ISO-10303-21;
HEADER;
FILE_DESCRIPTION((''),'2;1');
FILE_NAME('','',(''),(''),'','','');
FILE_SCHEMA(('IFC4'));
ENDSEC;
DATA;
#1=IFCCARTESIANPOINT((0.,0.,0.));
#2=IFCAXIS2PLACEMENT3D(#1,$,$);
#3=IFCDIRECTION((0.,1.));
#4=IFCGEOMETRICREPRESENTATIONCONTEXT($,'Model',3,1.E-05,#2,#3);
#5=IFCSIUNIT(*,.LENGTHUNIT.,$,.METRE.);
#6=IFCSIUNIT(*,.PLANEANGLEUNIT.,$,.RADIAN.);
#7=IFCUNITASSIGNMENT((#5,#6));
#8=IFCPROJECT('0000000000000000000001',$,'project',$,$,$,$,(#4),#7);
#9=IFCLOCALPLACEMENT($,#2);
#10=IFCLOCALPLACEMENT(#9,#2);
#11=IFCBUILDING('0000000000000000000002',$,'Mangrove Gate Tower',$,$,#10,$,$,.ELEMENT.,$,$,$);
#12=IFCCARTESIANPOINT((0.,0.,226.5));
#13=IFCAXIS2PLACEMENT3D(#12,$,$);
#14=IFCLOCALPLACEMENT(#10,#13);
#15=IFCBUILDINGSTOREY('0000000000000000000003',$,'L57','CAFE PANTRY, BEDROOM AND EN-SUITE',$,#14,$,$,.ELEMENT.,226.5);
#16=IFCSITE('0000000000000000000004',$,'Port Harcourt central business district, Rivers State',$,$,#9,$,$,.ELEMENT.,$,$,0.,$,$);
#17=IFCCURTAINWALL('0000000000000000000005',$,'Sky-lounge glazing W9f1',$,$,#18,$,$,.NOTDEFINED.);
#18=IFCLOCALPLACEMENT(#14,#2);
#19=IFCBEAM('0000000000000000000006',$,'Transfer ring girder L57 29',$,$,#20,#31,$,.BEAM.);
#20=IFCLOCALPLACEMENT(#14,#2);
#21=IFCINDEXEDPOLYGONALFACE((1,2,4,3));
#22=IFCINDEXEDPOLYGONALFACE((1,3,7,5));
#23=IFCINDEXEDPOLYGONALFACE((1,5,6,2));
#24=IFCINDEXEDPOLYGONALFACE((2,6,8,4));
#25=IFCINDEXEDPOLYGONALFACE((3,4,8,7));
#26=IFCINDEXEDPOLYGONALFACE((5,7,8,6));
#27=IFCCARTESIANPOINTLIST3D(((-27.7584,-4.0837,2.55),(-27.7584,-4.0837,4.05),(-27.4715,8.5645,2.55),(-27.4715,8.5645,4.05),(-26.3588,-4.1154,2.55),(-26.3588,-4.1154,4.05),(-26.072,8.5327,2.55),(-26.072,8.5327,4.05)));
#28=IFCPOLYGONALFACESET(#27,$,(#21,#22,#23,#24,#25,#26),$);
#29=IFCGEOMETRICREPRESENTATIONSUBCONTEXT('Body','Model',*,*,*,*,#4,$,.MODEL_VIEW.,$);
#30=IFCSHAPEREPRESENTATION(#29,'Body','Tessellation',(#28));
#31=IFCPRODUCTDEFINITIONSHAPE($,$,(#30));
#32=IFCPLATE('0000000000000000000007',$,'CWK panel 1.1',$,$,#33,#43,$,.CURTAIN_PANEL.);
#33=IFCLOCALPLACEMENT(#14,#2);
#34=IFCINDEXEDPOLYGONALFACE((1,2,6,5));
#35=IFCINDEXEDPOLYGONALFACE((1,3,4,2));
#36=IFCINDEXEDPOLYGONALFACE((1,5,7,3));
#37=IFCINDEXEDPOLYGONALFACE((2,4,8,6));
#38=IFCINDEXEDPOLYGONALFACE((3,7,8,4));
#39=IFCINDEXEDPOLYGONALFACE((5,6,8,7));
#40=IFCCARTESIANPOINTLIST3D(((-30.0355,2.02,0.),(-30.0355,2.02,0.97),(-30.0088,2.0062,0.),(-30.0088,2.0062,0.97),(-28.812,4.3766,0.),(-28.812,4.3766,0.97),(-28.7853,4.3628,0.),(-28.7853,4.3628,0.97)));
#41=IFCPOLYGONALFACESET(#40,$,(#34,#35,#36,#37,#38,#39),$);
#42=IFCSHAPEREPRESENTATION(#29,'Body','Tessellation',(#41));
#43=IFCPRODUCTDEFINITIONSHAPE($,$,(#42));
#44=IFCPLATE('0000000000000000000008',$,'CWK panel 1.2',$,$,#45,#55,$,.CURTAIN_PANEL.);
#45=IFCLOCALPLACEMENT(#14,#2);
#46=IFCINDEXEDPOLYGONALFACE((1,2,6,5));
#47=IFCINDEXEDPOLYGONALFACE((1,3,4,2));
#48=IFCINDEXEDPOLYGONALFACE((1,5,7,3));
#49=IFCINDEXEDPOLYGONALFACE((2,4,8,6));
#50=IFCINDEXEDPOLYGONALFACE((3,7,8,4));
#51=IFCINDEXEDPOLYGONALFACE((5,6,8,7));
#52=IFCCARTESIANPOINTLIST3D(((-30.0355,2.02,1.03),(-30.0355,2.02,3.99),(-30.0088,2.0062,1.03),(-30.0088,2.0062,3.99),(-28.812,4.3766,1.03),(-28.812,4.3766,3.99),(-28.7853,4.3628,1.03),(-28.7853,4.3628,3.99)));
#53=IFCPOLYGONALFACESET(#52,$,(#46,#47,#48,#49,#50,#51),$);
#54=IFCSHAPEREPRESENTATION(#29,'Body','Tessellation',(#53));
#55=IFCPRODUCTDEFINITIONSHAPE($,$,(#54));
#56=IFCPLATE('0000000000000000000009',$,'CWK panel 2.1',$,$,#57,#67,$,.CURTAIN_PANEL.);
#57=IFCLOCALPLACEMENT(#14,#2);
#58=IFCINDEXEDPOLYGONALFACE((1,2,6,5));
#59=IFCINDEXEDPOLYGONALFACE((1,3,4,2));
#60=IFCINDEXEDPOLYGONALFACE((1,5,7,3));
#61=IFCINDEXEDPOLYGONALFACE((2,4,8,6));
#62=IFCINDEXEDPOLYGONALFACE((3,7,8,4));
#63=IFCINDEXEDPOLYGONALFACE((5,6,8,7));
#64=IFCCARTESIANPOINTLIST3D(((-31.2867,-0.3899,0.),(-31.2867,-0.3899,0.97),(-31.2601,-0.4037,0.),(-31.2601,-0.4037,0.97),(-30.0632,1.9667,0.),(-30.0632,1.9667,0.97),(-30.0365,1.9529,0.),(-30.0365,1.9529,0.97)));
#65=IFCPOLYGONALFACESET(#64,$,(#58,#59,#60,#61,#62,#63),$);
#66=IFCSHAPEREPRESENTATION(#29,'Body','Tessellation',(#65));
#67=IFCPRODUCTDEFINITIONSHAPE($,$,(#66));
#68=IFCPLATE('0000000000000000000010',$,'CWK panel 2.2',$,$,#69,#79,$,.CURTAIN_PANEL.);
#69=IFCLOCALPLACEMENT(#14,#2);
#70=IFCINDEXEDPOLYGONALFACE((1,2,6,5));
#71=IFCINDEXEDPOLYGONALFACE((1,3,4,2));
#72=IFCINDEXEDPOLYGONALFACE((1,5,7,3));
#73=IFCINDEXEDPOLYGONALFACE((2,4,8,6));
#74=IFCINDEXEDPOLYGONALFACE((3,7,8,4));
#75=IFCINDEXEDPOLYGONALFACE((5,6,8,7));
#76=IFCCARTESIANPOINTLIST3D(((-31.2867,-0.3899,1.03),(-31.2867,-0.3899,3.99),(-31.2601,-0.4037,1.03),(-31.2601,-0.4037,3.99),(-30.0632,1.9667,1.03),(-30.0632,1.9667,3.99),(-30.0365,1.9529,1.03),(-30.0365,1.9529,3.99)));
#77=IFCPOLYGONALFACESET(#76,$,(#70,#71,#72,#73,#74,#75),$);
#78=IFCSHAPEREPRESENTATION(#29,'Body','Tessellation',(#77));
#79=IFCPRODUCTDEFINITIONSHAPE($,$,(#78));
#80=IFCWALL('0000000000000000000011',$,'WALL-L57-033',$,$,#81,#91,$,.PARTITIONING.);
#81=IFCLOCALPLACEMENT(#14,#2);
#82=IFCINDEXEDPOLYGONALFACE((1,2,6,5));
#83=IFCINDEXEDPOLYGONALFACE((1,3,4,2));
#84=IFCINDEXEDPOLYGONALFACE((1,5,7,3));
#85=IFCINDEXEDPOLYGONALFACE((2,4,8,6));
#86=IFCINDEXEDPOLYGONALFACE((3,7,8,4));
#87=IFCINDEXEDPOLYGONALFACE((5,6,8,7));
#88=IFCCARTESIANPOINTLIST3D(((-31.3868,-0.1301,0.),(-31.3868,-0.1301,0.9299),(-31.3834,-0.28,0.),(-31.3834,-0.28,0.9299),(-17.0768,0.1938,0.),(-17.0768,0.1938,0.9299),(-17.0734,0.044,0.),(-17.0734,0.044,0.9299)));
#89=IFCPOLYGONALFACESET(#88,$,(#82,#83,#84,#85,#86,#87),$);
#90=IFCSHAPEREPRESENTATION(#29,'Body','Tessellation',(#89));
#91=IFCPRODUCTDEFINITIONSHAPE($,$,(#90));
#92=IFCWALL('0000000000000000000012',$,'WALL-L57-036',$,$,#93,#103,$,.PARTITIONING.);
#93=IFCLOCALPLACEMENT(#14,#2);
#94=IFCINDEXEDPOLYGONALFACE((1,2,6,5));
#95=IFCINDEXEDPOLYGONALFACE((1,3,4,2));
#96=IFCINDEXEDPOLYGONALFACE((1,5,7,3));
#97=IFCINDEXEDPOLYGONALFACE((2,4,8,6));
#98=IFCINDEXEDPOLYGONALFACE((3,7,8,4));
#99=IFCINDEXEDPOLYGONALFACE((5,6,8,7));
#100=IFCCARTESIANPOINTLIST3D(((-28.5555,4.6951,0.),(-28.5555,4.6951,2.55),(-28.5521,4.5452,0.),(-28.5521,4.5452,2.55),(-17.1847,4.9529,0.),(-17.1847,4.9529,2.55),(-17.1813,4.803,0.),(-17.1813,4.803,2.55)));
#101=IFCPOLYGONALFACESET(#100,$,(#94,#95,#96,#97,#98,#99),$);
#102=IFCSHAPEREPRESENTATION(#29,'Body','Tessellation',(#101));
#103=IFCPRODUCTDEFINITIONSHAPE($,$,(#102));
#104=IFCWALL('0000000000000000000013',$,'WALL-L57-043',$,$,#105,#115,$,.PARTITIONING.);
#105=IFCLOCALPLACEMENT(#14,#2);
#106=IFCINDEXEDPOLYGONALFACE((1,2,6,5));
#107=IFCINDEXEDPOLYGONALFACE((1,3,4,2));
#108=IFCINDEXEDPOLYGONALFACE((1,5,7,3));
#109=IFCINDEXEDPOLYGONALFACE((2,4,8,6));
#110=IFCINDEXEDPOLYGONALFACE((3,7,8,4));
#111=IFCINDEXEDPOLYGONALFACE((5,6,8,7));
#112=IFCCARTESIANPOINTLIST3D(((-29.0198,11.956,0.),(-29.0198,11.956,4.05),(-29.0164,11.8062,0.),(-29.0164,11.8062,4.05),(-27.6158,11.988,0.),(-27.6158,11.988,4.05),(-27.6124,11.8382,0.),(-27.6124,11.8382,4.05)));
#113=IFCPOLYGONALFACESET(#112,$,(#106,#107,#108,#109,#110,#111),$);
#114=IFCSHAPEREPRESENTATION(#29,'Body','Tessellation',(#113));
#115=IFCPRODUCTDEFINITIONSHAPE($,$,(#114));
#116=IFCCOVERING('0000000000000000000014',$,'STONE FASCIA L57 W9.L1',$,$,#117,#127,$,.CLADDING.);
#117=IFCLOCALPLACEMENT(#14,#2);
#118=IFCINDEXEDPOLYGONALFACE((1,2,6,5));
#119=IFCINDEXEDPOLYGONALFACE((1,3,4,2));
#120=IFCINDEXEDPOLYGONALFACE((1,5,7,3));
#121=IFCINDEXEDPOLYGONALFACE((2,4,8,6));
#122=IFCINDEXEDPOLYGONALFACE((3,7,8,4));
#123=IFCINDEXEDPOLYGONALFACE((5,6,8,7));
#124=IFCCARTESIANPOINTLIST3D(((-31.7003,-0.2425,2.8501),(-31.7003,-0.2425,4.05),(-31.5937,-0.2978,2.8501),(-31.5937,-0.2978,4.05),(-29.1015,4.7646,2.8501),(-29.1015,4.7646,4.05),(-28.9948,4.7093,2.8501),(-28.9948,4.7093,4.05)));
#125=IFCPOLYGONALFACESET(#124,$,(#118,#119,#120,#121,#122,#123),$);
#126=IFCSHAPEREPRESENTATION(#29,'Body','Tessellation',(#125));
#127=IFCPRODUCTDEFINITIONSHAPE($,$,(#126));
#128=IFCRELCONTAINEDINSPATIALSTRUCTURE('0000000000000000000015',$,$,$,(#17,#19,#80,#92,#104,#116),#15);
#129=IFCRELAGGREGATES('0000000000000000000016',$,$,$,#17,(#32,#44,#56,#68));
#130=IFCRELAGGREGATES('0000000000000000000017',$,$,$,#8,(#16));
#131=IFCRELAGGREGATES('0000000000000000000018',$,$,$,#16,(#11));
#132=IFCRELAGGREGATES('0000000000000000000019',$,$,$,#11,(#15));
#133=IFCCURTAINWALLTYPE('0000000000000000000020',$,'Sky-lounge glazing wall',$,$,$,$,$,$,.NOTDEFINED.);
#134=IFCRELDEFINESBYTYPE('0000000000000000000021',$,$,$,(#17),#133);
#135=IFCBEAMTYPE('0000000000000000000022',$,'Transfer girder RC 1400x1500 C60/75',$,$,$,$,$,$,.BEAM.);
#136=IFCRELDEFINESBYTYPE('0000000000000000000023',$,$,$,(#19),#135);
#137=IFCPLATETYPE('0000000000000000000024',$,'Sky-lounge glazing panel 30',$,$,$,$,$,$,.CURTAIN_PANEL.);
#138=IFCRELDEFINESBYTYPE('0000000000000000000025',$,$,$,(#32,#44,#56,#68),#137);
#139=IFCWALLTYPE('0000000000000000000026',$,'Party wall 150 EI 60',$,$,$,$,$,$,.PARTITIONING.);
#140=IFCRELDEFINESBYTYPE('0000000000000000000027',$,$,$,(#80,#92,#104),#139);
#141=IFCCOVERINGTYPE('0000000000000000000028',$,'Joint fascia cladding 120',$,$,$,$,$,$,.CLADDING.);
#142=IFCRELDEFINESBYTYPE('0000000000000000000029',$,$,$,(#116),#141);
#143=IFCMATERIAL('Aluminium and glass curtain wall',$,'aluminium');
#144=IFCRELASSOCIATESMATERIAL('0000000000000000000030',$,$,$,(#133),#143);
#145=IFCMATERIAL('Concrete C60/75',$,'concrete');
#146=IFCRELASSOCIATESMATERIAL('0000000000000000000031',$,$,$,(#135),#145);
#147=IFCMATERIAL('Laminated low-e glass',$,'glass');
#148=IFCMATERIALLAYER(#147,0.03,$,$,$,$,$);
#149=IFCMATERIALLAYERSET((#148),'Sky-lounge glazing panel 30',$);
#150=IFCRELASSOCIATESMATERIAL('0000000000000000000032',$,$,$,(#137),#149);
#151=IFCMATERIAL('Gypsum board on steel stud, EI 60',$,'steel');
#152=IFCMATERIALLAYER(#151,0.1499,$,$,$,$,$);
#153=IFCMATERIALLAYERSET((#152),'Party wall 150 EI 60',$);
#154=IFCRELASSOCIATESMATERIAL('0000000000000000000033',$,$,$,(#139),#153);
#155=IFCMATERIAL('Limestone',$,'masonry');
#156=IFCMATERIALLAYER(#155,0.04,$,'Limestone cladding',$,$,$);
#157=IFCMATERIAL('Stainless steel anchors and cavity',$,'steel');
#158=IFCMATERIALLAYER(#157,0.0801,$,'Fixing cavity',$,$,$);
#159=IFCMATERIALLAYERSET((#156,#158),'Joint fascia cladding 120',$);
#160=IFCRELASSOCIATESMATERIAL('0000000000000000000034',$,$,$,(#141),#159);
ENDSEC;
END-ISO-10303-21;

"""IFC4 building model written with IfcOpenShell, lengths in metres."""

from ifc_helpers import new_model, si_unit, direction, frame, frame_2d, origin, origin_2d, place, context, subcontext, project, spatial, rectangle, extrude, material, layer, layer_set, material_profile, profile_set, type_object, element, aggregate, save


model = new_model("IFC4")

# Units and contexts
model_context = context("Model", 3, precision=1e-05, world=origin(), true_north=direction((0.0, 1.0)))
body_context = subcontext(model_context, "Body", "Model", "MODEL_VIEW")
ifc_project = project(units=[si_unit("LENGTHUNIT", "METRE"), si_unit("PLANEANGLEUNIT", "RADIAN")], contexts=[model_context])

# Site, building, storey
site_placement = place(None, origin())
site = spatial("IfcSite", under=ifc_project, at=site_placement, Name="Port Harcourt central business district, Rivers State", CompositionType="ELEMENT", RefElevation=0.0)
building_placement = place(site_placement, origin())
building = spatial("IfcBuilding", under=site, at=building_placement, Name="Mangrove Gate Tower", CompositionType="ELEMENT")
storey_placement = place(building_placement, frame((0.0, 0.0, 226.5)))
storey = spatial("IfcBuildingStorey", under=building, at=storey_placement, Name="L57", Description="CAFE PANTRY, BEDROOM AND EN-SUITE", CompositionType="ELEMENT", Elevation=226.5)

# Curtain wall
ifc_material_1 = material(Name="Aluminium and glass curtain wall", Category="aluminium")
curtain_wall_type = type_object("IfcCurtainWallType", Name="Sky-lounge glazing wall", PredefinedType="NOTDEFINED", material=ifc_material_1)
curtain_wall_1_placement = place(storey_placement, origin())
curtain_wall_1 = element("IfcCurtainWall", 1, at=curtain_wall_1_placement, inside=storey, type_object=curtain_wall_type, Name="Sky-lounge glazing W9f1", PredefinedType="NOTDEFINED")

# Beam
ifc_material_2 = material(Name="Concrete C60/75", Category="concrete")
ifc_material_profile_1 = material_profile(ifc_material_2, rectangle(XDim=1.3999, YDim=1.5, at=origin_2d()))
ifc_profile_set_1 = profile_set([ifc_material_profile_1], Name="Concrete C60/75")
beam_type_1 = type_object("IfcBeamType", Name="Transfer girder RC 1400x1500 C60/75", PredefinedType="BEAM", material=ifc_profile_set_1)
beam_1_placement = place(storey_placement, frame((-26.7717, 8.5486, 3.3), z_axis=(-0.022675, -0.999743, 0.0), x_axis=(0.999743, -0.022675, 0.0)))
element("IfcBeam", 2, at=beam_1_placement, inside=storey, type_object=beam_type_1, Name="Transfer ring girder L57 29", PredefinedType="BEAM", context=body_context, shape_type="SweptSolid", body=[
    extrude(rectangle(XDim=1.3999, YDim=1.5, at=origin_2d()), origin(), (0.0, 0.0, 1.0), 12.6514),
])

# Plates
ifc_material_3 = material(Name="Laminated low-e glass", Category="glass")
ifc_layer_1 = layer(ifc_material_3, 0.03)
ifc_layer_set_1 = layer_set([ifc_layer_1], Name="Sky-lounge glazing panel 30")
plate_type = type_object("IfcPlateType", Name="Sky-lounge glazing panel 30", PredefinedType="CURTAIN_PANEL", material=ifc_layer_set_1)
plate_1_placement = place(storey_placement, frame((-29.4104, 3.1914, 0.0), z_axis=(0.0, 0.0, 1.0), x_axis=(-0.460785, -0.887512, 0.0)))
plate_1 = element("IfcPlate", 3, at=plate_1_placement, type_object=plate_type, Name="CWK panel 1.1", PredefinedType="CURTAIN_PANEL", context=body_context, shape_type="SweptSolid", body=[
    extrude(rectangle(XDim=2.6553, YDim=0.03, at=origin_2d()), origin(), (0.0, 0.0, 1.0), 0.97),
])
plate_2_placement = place(storey_placement, frame((-29.4104, 3.1914, 1.03), z_axis=(0.0, 0.0, 1.0), x_axis=(-0.460785, -0.887512, 0.0)))
plate_2 = element("IfcPlate", 4, at=plate_2_placement, type_object=plate_type, Name="CWK panel 1.2", PredefinedType="CURTAIN_PANEL", context=body_context, shape_type="SweptSolid", body=[
    extrude(rectangle(XDim=2.6553, YDim=0.03, at=origin_2d()), origin(), (0.0, 0.0, 1.0), 2.96),
])
plate_3_placement = place(storey_placement, frame((-30.6616, 0.7815, 0.0), z_axis=(0.0, 0.0, 1.0), x_axis=(-0.460785, -0.887512, 0.0)))
plate_3 = element("IfcPlate", 5, at=plate_3_placement, type_object=plate_type, Name="CWK panel 2.1", PredefinedType="CURTAIN_PANEL", context=body_context, shape_type="SweptSolid", body=[
    extrude(rectangle(XDim=2.6553, YDim=0.03, at=origin_2d()), origin(), (0.0, 0.0, 1.0), 0.97),
])
plate_4_placement = place(storey_placement, frame((-30.6616, 0.7815, 1.03), z_axis=(0.0, 0.0, 1.0), x_axis=(-0.460785, -0.887512, 0.0)))
plate_4 = element("IfcPlate", 6, at=plate_4_placement, type_object=plate_type, Name="CWK panel 2.2", PredefinedType="CURTAIN_PANEL", context=body_context, shape_type="SweptSolid", body=[
    extrude(rectangle(XDim=2.6553, YDim=0.03, at=origin_2d()), origin(), (0.0, 0.0, 1.0), 2.96),
])
aggregate(curtain_wall_1, [plate_1, plate_2, plate_3, plate_4])

# Walls
ifc_material_4 = material(Name="Gypsum board on steel stud, EI 60", Category="steel")
ifc_layer_2 = layer(ifc_material_4, 0.1499)
ifc_layer_set_2 = layer_set([ifc_layer_2], Name="Party wall 150 EI 60")
wall_type = type_object("IfcWallType", Name="Party wall 150 EI 60", PredefinedType="PARTITIONING", material=ifc_layer_set_2)
wall_1_placement = place(storey_placement, frame((-31.385, -0.2051, 0.0), z_axis=(0.0, 0.0, 1.0), x_axis=(0.999744, 0.022634, 0.0)))
element("IfcWall", 7, at=wall_1_placement, inside=storey, type_object=wall_type, Name="WALL-L57-033", PredefinedType="PARTITIONING", context=body_context, shape_type="SweptSolid", body=[
    extrude(rectangle(XDim=14.3137, YDim=0.1499, at=frame_2d((7.1567, 0.0))), origin(), (0.0, 0.0, 1.0), 0.9299),
])
wall_2_placement = place(storey_placement, frame((-28.554, 4.6201, 0.0), z_axis=(0.0, 0.0, 1.0), x_axis=(0.999743, 0.022667, 0.0)))
element("IfcWall", 8, at=wall_2_placement, inside=storey, type_object=wall_type, Name="WALL-L57-036", PredefinedType="PARTITIONING", context=body_context, shape_type="SweptSolid", body=[
    extrude(rectangle(XDim=11.3738, YDim=0.1499, at=frame_2d((5.687, 0.0))), origin(), (0.0, 0.0, 1.0), 2.55),
])
wall_3_placement = place(storey_placement, frame((-29.0181, 11.8811, 0.0), z_axis=(0.0, 0.0, 1.0), x_axis=(0.999741, 0.022773, 0.0)))
element("IfcWall", 9, at=wall_3_placement, inside=storey, type_object=wall_type, Name="WALL-L57-043", PredefinedType="PARTITIONING", context=body_context, shape_type="SweptSolid", body=[
    extrude(rectangle(XDim=1.4043, YDim=0.1499, at=frame_2d((0.7021, 0.0))), origin(), (0.0, 0.0, 1.0), 4.05),
])

# Covering
ifc_material_5 = material(Name="Limestone", Category="masonry")
ifc_layer_3 = layer(ifc_material_5, 0.04, Name="Limestone cladding")
ifc_material_6 = material(Name="Stainless steel anchors and cavity", Category="steel")
ifc_layer_4 = layer(ifc_material_6, 0.0801, Name="Fixing cavity")
ifc_layer_set_3 = layer_set([ifc_layer_3, ifc_layer_4], Name="Joint fascia cladding 120")
covering_type = type_object("IfcCoveringType", Name="Joint fascia cladding 120", PredefinedType="CLADDING", material=ifc_layer_set_3)
covering_placement = place(storey_placement, frame((-29.0481, 4.7371, 2.8501), z_axis=(0.0, 0.0, 1.0), x_axis=(-0.460682, -0.887565, 0.0)))
element("IfcCovering", 10, at=covering_placement, inside=storey, type_object=covering_type, Name="STONE FASCIA L57 W9.L1", PredefinedType="CLADDING", context=body_context, shape_type="SweptSolid", body=[
    extrude(rectangle(XDim=5.6414, YDim=0.1201, at=frame_2d((2.8208, 0.0))), origin(), (0.0, 0.0, 1.0), 1.2),
])

save(model, "model.ifc")
